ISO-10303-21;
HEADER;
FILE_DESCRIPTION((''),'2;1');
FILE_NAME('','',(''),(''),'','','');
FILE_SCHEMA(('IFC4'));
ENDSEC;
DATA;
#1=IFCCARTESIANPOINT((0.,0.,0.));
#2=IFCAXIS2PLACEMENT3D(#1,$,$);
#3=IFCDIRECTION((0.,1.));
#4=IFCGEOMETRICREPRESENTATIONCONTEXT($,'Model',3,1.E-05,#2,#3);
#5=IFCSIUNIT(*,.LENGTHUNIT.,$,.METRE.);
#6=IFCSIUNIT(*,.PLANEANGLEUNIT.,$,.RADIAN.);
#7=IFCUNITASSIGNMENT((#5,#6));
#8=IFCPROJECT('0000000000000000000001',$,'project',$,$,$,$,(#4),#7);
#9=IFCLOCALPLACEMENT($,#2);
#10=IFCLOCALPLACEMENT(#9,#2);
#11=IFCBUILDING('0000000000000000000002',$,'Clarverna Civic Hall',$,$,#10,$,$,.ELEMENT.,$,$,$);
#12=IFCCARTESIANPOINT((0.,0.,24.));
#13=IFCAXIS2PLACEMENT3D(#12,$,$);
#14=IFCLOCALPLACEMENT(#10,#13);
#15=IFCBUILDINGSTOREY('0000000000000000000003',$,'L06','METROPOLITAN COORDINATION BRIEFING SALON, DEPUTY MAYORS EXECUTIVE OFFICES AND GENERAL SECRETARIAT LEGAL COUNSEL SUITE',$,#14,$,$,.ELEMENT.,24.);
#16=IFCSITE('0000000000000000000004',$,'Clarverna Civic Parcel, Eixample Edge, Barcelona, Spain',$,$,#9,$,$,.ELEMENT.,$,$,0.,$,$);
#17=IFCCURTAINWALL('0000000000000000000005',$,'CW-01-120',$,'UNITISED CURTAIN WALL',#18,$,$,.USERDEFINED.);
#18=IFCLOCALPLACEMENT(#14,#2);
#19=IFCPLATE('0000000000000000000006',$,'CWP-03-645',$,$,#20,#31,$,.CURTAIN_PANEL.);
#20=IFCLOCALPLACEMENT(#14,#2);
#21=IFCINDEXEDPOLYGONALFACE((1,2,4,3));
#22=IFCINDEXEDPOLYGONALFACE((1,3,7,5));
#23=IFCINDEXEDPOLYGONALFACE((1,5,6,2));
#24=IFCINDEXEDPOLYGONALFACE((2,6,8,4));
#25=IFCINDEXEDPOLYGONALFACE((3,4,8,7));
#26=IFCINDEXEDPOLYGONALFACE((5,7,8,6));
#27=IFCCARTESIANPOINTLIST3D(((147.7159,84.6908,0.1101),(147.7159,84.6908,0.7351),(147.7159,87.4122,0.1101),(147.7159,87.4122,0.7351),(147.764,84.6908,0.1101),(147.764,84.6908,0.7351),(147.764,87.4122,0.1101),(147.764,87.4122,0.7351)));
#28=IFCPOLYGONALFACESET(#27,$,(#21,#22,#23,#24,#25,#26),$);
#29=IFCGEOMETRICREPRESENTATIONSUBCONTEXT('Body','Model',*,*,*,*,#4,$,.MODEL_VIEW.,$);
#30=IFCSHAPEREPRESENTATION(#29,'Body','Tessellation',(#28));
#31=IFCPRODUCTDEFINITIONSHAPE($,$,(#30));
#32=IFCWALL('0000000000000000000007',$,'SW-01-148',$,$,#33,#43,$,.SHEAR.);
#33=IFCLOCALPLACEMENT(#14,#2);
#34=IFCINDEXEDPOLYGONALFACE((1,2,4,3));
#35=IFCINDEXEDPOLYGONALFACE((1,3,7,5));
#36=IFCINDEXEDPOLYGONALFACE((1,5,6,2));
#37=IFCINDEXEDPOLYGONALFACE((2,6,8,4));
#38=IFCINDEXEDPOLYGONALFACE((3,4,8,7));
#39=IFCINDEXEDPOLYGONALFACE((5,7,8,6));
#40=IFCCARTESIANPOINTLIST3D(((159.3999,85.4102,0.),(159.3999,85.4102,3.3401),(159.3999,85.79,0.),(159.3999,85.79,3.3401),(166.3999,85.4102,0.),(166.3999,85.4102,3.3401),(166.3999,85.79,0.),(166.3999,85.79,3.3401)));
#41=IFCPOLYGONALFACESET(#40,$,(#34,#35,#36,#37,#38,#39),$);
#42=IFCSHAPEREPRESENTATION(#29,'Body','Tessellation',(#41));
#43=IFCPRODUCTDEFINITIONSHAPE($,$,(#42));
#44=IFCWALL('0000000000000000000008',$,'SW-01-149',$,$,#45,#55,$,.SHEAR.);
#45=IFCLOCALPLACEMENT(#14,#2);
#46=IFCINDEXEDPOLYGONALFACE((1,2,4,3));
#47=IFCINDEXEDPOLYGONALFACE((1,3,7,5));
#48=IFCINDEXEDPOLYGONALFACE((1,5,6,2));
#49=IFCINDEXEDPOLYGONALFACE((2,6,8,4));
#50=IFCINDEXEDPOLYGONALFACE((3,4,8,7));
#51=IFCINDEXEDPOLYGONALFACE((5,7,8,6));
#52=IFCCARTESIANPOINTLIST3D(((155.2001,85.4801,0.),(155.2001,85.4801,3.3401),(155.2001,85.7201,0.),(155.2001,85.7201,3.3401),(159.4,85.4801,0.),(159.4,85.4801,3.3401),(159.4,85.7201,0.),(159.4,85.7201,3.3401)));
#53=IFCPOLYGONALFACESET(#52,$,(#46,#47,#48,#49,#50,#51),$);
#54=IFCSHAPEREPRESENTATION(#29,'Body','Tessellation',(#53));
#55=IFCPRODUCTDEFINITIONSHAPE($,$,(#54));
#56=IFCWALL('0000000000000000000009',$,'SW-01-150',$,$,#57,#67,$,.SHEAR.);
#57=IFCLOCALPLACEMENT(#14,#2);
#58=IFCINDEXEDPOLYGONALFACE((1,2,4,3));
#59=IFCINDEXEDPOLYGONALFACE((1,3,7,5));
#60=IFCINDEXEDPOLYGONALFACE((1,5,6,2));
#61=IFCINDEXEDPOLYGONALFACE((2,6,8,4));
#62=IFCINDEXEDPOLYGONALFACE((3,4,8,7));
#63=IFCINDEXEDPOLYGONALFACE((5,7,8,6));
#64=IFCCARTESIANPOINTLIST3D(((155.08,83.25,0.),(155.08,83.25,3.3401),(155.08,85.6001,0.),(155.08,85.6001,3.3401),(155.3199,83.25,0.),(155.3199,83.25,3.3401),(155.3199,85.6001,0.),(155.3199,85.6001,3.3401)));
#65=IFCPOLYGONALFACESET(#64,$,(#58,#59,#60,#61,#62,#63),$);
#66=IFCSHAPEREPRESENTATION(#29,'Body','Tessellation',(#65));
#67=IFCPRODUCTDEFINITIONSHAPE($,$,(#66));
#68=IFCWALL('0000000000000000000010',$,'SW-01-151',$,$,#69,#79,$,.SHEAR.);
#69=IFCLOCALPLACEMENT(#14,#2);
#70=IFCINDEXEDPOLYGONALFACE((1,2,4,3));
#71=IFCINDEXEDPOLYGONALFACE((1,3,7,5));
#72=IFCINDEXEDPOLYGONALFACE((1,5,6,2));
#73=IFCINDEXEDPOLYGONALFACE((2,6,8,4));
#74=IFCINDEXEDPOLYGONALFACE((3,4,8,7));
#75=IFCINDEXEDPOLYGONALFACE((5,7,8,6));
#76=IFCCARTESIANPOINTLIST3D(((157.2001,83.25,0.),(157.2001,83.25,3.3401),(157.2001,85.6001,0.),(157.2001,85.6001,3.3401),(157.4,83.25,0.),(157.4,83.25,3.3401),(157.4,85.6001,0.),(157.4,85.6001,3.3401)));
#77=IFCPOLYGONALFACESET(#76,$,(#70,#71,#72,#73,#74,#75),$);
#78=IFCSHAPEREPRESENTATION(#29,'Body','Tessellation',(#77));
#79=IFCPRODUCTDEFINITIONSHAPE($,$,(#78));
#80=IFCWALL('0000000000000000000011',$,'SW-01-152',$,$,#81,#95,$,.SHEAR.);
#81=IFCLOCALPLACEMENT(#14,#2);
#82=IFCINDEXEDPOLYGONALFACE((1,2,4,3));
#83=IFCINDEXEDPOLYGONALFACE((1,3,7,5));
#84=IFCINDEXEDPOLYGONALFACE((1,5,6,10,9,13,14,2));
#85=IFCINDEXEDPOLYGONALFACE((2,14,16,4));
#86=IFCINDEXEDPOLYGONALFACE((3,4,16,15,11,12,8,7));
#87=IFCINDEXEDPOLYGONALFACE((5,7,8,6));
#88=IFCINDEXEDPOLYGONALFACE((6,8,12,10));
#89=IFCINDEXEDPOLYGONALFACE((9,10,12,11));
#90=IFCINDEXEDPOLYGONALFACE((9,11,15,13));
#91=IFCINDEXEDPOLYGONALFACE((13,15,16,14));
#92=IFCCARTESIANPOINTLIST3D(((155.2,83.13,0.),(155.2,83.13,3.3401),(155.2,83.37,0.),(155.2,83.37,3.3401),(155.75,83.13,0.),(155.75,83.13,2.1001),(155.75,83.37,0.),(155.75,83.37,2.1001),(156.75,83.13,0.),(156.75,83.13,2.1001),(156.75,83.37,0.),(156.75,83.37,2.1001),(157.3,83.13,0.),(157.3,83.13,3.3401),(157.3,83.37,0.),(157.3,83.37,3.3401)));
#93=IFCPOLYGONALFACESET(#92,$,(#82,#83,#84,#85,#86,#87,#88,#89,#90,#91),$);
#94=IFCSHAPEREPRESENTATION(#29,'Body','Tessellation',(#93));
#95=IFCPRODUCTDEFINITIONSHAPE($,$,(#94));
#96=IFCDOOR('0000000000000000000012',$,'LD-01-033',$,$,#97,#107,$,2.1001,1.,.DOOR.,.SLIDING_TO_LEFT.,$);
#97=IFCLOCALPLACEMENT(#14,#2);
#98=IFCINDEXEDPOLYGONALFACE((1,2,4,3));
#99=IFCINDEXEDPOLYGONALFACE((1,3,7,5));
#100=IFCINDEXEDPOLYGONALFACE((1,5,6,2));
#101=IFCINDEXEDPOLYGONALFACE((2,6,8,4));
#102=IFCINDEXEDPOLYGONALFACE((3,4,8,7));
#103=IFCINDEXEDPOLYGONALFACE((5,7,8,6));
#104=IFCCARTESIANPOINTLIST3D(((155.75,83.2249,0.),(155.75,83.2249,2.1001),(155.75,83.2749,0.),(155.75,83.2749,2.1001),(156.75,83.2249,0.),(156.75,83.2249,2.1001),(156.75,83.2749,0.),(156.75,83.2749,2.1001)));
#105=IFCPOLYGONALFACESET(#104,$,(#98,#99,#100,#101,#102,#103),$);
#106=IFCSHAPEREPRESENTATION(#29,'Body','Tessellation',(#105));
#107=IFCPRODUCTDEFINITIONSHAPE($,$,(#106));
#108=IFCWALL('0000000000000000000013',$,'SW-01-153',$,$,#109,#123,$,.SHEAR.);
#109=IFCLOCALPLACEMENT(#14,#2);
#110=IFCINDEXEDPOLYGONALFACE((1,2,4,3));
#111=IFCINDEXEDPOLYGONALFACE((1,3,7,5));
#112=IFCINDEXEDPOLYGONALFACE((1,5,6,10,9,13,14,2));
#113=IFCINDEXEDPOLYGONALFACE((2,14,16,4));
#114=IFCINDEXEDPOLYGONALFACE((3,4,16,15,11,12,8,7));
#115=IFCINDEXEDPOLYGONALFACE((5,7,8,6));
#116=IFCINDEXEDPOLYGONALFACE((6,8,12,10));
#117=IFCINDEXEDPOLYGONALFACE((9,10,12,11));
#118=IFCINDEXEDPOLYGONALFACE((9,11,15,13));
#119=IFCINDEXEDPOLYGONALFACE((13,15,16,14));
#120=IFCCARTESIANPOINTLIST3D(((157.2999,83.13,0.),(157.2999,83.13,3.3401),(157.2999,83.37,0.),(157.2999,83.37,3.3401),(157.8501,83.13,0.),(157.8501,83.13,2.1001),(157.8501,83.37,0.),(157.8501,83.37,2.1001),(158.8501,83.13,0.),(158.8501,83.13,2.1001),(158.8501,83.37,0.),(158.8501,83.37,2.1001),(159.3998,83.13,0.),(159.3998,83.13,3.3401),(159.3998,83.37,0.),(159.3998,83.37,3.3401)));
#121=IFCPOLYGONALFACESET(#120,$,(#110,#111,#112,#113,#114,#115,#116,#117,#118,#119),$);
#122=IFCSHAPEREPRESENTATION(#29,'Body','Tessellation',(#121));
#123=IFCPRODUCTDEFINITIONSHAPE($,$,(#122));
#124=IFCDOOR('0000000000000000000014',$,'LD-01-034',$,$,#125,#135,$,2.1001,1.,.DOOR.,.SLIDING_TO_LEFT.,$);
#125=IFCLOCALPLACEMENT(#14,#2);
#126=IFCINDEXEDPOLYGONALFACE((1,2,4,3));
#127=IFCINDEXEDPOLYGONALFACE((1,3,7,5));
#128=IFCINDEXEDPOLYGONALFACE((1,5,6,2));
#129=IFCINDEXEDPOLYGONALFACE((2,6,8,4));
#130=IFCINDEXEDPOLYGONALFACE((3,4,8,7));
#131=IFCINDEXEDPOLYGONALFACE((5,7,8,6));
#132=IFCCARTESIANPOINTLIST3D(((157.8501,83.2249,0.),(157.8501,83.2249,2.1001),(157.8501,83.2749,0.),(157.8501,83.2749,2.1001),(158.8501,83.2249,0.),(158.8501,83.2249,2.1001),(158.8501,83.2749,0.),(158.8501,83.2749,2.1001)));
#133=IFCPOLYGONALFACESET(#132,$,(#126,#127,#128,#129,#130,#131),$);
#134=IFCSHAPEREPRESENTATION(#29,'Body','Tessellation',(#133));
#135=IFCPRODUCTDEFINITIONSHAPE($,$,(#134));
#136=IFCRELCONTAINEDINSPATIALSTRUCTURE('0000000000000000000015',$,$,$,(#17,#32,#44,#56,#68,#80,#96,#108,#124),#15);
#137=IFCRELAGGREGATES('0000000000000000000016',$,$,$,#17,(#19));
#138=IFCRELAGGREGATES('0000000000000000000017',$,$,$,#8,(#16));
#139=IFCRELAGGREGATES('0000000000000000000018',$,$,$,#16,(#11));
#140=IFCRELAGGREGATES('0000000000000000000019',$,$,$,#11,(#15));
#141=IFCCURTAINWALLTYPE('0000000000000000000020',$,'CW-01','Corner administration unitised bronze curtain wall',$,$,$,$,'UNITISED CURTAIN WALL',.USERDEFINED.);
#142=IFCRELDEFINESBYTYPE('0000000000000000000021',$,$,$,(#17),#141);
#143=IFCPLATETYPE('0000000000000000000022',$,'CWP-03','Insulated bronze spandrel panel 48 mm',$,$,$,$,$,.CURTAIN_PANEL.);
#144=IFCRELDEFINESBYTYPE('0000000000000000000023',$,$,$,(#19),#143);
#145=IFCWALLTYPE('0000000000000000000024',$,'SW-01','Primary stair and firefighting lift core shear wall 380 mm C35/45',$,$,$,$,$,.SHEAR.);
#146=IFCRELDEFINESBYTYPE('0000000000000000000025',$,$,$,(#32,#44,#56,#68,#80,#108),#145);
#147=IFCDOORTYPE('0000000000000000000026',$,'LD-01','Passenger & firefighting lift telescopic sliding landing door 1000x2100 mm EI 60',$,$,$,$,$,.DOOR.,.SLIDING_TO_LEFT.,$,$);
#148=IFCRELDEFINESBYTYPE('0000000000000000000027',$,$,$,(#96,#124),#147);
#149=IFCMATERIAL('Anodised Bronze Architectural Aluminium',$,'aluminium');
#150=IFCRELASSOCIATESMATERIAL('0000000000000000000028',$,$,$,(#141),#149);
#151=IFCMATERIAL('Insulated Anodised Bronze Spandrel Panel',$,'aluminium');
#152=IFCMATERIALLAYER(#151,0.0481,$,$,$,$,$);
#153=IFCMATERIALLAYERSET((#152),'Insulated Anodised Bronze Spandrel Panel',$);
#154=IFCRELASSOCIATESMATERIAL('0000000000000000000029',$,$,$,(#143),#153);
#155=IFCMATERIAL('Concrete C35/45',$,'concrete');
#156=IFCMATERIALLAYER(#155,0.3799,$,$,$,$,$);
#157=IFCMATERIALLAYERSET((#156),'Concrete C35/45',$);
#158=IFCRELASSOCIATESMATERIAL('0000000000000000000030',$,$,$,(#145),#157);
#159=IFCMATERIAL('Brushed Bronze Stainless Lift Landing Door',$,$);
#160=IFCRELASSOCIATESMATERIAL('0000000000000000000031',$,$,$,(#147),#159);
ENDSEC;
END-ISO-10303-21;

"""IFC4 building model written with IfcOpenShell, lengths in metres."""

from ifc_helpers import new_model, si_unit, direction, frame, frame_2d, origin, place, context, subcontext, project, spatial, rectangle, extrude, material, layer, layer_set, type_object, element, fill, aggregate, save


model = new_model("IFC4")

# Units and contexts
model_context = context("Model", 3, precision=1e-05, world=origin(), true_north=direction((0.0, 1.0)))
body_context = subcontext(model_context, "Body", "Model", "MODEL_VIEW")
ifc_project = project(units=[si_unit("LENGTHUNIT", "METRE"), si_unit("PLANEANGLEUNIT", "RADIAN")], contexts=[model_context])

# Site, building, storey
site_placement = place(None, origin())
site = spatial("IfcSite", under=ifc_project, at=site_placement, Name="Clarverna Civic Parcel, Eixample Edge, Barcelona, Spain", CompositionType="ELEMENT", RefElevation=0.0)
building_placement = place(site_placement, origin())
building = spatial("IfcBuilding", under=site, at=building_placement, Name="Clarverna Civic Hall", CompositionType="ELEMENT")
storey_placement = place(building_placement, frame((0.0, 0.0, 24.0)))
storey = spatial("IfcBuildingStorey", under=building, at=storey_placement, Name="L06", Description="METROPOLITAN COORDINATION BRIEFING SALON, DEPUTY MAYORS EXECUTIVE OFFICES AND GENERAL SECRETARIAT LEGAL COUNSEL SUITE", CompositionType="ELEMENT", Elevation=24.0)

# Shared definitions
ifc_material_1 = material(Name="Concrete C35/45", Category="concrete")

# Curtain wall, plate
ifc_material_2 = material(Name="Anodised Bronze Architectural Aluminium", Category="aluminium")
curtain_wall_type = type_object("IfcCurtainWallType", Name="CW-01", Description="Corner administration unitised bronze curtain wall", ElementType="UNITISED CURTAIN WALL", PredefinedType="USERDEFINED", material=ifc_material_2)
curtain_wall_placement = place(storey_placement, origin())
curtain_wall = element("IfcCurtainWall", 1, at=curtain_wall_placement, inside=storey, type_object=curtain_wall_type, Name="CW-01-120", ObjectType="UNITISED CURTAIN WALL", PredefinedType="USERDEFINED")
ifc_material_3 = material(Name="Insulated Anodised Bronze Spandrel Panel", Category="aluminium")
ifc_layer_1 = layer(ifc_material_3, 0.0481)
ifc_layer_set_1 = layer_set([ifc_layer_1], Name="Insulated Anodised Bronze Spandrel Panel")
plate_type_1 = type_object("IfcPlateType", Name="CWP-03", Description="Insulated bronze spandrel panel 48 mm", PredefinedType="CURTAIN_PANEL", material=ifc_layer_set_1)
plate_1_placement = place(storey_placement, frame((147.74, 84.6907, 0.1101), z_axis=(0.0, 0.0, 1.0), x_axis=(0.0, 1.0, 0.0)))
plate_1 = element("IfcPlate", 2, at=plate_1_placement, type_object=plate_type_1, Name="CWP-03-645", PredefinedType="CURTAIN_PANEL", context=body_context, shape_type="SweptSolid", body=[
    extrude(rectangle(XDim=2.7214, YDim=0.0481, at=frame_2d((1.3608, 0.0))), origin(), (0.0, 0.0, 1.0), 0.625),
])
aggregate(curtain_wall, [plate_1])

# Walls
ifc_layer_2 = layer(ifc_material_1, 0.3799)
ifc_layer_set_2 = layer_set([ifc_layer_2], Name="Concrete C35/45")
wall_type = type_object("IfcWallType", Name="SW-01", Description="Primary stair and firefighting lift core shear wall 380 mm C35/45", PredefinedType="SHEAR", material=ifc_layer_set_2)
wall_1_placement = place(storey_placement, frame((159.3999, 85.6001, 0.0), z_axis=(0.0, 0.0, 1.0), x_axis=(1.0, 0.0, 0.0)))
element("IfcWall", 3, at=wall_1_placement, inside=storey, type_object=wall_type, Name="SW-01-148", PredefinedType="SHEAR", context=body_context, shape_type="SweptSolid", body=[
    extrude(rectangle(XDim=7.0, YDim=0.3799, at=frame_2d((3.5, 0.0))), origin(), (0.0, 0.0, 1.0), 3.3401),
])
wall_2_placement = place(storey_placement, frame((155.2, 85.6001, 0.0), z_axis=(0.0, 0.0, 1.0), x_axis=(1.0, 0.0, 0.0)))
element("IfcWall", 4, at=wall_2_placement, inside=storey, type_object=wall_type, Name="SW-01-149", PredefinedType="SHEAR", context=body_context, shape_type="SweptSolid", body=[
    extrude(rectangle(XDim=4.2, YDim=0.24, at=frame_2d((2.1001, 0.0))), origin(), (0.0, 0.0, 1.0), 3.3401),
])
wall_3_placement = place(storey_placement, frame((155.2, 83.25, 0.0), z_axis=(0.0, 0.0, 1.0), x_axis=(0.0, 1.0, 0.0)))
element("IfcWall", 5, at=wall_3_placement, inside=storey, type_object=wall_type, Name="SW-01-150", PredefinedType="SHEAR", context=body_context, shape_type="SweptSolid", body=[
    extrude(rectangle(XDim=2.3501, YDim=0.24, at=frame_2d((1.175, 0.0))), origin(), (0.0, 0.0, 1.0), 3.3401),
])
wall_4_placement = place(storey_placement, frame((157.3, 83.25, 0.0), z_axis=(0.0, 0.0, 1.0), x_axis=(0.0, 1.0, 0.0)))
element("IfcWall", 6, at=wall_4_placement, inside=storey, type_object=wall_type, Name="SW-01-151", PredefinedType="SHEAR", context=body_context, shape_type="SweptSolid", body=[
    extrude(rectangle(XDim=2.3501, YDim=0.2, at=frame_2d((1.175, 0.0))), origin(), (0.0, 0.0, 1.0), 3.3401),
])

# Walls, openings, doors
wall_5_placement = place(storey_placement, frame((155.2, 83.25, 0.0), z_axis=(0.0, 0.0, 1.0), x_axis=(1.0, 0.0, 0.0)))
wall_5 = element("IfcWall", 7, at=wall_5_placement, inside=storey, type_object=wall_type, Name="SW-01-152", PredefinedType="SHEAR", context=body_context, shape_type="SweptSolid", body=[
    extrude(rectangle(XDim=2.1001, YDim=0.24, at=frame_2d((1.05, 0.0))), origin(), (0.0, 0.0, 1.0), 3.3401),
])
opening_1_placement = place(wall_5_placement, frame((0.55, 0.0, 0.0)))
opening_1 = element("IfcOpeningElement", 8, at=opening_1_placement, cuts=wall_5, PredefinedType="OPENING", context=body_context, shape_type="SweptSolid", body=[
    extrude(rectangle(XDim=1.0, YDim=2.1001, at=frame_2d((0.5, 1.05))), frame((0.0, 0.1299, 0.0), z_axis=(0.0, -1.0, 0.0), x_axis=(1.0, 0.0, 0.0)), (0.0, 0.0, 1.0), 0.26),
])
ifc_material_4 = material(Name="Brushed Bronze Stainless Lift Landing Door")
door_type = type_object("IfcDoorType", Name="LD-01", Description="Passenger & firefighting lift telescopic sliding landing door 1000x2100 mm EI 60", OperationType="SLIDING_TO_LEFT", PredefinedType="DOOR", material=ifc_material_4)
door_1_placement = place(opening_1_placement, origin())
door_1 = element("IfcDoor", 9, at=door_1_placement, inside=storey, type_object=door_type, Name="LD-01-033", OperationType="SLIDING_TO_LEFT", OverallHeight=2.1001, OverallWidth=1.0, PredefinedType="DOOR", context=body_context, shape_type="SweptSolid", body=[
    extrude(rectangle(XDim=1.0, YDim=2.1001, at=frame_2d((0.5, 1.05))), frame((0.0, 0.0249, 0.0), z_axis=(0.0, -1.0, 0.0), x_axis=(1.0, 0.0, 0.0)), (0.0, 0.0, 1.0), 0.05),
])
fill(opening_1, door_1)
wall_6_placement = place(storey_placement, frame((157.3, 83.25, 0.0), z_axis=(0.0, 0.0, 1.0), x_axis=(1.0, 0.0, 0.0)))
wall_6 = element("IfcWall", 10, at=wall_6_placement, inside=storey, type_object=wall_type, Name="SW-01-153", PredefinedType="SHEAR", context=body_context, shape_type="SweptSolid", body=[
    extrude(rectangle(XDim=2.0999, YDim=0.24, at=frame_2d((1.0498, 0.0))), origin(), (0.0, 0.0, 1.0), 3.3401),
])
opening_2_placement = place(wall_6_placement, frame((0.55, 0.0, 0.0)))
opening_2 = element("IfcOpeningElement", 11, at=opening_2_placement, cuts=wall_6, PredefinedType="OPENING", context=body_context, shape_type="SweptSolid", body=[
    extrude(rectangle(XDim=1.0, YDim=2.1001, at=frame_2d((0.5, 1.05))), frame((0.0, 0.1299, 0.0), z_axis=(0.0, -1.0, 0.0), x_axis=(1.0, 0.0, 0.0)), (0.0, 0.0, 1.0), 0.26),
])
door_2_placement = place(opening_2_placement, origin())
door_2 = element("IfcDoor", 12, at=door_2_placement, inside=storey, type_object=door_type, Name="LD-01-034", OperationType="SLIDING_TO_LEFT", OverallHeight=2.1001, OverallWidth=1.0, PredefinedType="DOOR", context=body_context, shape_type="SweptSolid", body=[
    extrude(rectangle(XDim=1.0, YDim=2.1001, at=frame_2d((0.5, 1.05))), frame((0.0, 0.0249, 0.0), z_axis=(0.0, -1.0, 0.0), x_axis=(1.0, 0.0, 0.0)), (0.0, 0.0, 1.0), 0.05),
])
fill(opening_2, door_2)

save(model, "model.ifc")
